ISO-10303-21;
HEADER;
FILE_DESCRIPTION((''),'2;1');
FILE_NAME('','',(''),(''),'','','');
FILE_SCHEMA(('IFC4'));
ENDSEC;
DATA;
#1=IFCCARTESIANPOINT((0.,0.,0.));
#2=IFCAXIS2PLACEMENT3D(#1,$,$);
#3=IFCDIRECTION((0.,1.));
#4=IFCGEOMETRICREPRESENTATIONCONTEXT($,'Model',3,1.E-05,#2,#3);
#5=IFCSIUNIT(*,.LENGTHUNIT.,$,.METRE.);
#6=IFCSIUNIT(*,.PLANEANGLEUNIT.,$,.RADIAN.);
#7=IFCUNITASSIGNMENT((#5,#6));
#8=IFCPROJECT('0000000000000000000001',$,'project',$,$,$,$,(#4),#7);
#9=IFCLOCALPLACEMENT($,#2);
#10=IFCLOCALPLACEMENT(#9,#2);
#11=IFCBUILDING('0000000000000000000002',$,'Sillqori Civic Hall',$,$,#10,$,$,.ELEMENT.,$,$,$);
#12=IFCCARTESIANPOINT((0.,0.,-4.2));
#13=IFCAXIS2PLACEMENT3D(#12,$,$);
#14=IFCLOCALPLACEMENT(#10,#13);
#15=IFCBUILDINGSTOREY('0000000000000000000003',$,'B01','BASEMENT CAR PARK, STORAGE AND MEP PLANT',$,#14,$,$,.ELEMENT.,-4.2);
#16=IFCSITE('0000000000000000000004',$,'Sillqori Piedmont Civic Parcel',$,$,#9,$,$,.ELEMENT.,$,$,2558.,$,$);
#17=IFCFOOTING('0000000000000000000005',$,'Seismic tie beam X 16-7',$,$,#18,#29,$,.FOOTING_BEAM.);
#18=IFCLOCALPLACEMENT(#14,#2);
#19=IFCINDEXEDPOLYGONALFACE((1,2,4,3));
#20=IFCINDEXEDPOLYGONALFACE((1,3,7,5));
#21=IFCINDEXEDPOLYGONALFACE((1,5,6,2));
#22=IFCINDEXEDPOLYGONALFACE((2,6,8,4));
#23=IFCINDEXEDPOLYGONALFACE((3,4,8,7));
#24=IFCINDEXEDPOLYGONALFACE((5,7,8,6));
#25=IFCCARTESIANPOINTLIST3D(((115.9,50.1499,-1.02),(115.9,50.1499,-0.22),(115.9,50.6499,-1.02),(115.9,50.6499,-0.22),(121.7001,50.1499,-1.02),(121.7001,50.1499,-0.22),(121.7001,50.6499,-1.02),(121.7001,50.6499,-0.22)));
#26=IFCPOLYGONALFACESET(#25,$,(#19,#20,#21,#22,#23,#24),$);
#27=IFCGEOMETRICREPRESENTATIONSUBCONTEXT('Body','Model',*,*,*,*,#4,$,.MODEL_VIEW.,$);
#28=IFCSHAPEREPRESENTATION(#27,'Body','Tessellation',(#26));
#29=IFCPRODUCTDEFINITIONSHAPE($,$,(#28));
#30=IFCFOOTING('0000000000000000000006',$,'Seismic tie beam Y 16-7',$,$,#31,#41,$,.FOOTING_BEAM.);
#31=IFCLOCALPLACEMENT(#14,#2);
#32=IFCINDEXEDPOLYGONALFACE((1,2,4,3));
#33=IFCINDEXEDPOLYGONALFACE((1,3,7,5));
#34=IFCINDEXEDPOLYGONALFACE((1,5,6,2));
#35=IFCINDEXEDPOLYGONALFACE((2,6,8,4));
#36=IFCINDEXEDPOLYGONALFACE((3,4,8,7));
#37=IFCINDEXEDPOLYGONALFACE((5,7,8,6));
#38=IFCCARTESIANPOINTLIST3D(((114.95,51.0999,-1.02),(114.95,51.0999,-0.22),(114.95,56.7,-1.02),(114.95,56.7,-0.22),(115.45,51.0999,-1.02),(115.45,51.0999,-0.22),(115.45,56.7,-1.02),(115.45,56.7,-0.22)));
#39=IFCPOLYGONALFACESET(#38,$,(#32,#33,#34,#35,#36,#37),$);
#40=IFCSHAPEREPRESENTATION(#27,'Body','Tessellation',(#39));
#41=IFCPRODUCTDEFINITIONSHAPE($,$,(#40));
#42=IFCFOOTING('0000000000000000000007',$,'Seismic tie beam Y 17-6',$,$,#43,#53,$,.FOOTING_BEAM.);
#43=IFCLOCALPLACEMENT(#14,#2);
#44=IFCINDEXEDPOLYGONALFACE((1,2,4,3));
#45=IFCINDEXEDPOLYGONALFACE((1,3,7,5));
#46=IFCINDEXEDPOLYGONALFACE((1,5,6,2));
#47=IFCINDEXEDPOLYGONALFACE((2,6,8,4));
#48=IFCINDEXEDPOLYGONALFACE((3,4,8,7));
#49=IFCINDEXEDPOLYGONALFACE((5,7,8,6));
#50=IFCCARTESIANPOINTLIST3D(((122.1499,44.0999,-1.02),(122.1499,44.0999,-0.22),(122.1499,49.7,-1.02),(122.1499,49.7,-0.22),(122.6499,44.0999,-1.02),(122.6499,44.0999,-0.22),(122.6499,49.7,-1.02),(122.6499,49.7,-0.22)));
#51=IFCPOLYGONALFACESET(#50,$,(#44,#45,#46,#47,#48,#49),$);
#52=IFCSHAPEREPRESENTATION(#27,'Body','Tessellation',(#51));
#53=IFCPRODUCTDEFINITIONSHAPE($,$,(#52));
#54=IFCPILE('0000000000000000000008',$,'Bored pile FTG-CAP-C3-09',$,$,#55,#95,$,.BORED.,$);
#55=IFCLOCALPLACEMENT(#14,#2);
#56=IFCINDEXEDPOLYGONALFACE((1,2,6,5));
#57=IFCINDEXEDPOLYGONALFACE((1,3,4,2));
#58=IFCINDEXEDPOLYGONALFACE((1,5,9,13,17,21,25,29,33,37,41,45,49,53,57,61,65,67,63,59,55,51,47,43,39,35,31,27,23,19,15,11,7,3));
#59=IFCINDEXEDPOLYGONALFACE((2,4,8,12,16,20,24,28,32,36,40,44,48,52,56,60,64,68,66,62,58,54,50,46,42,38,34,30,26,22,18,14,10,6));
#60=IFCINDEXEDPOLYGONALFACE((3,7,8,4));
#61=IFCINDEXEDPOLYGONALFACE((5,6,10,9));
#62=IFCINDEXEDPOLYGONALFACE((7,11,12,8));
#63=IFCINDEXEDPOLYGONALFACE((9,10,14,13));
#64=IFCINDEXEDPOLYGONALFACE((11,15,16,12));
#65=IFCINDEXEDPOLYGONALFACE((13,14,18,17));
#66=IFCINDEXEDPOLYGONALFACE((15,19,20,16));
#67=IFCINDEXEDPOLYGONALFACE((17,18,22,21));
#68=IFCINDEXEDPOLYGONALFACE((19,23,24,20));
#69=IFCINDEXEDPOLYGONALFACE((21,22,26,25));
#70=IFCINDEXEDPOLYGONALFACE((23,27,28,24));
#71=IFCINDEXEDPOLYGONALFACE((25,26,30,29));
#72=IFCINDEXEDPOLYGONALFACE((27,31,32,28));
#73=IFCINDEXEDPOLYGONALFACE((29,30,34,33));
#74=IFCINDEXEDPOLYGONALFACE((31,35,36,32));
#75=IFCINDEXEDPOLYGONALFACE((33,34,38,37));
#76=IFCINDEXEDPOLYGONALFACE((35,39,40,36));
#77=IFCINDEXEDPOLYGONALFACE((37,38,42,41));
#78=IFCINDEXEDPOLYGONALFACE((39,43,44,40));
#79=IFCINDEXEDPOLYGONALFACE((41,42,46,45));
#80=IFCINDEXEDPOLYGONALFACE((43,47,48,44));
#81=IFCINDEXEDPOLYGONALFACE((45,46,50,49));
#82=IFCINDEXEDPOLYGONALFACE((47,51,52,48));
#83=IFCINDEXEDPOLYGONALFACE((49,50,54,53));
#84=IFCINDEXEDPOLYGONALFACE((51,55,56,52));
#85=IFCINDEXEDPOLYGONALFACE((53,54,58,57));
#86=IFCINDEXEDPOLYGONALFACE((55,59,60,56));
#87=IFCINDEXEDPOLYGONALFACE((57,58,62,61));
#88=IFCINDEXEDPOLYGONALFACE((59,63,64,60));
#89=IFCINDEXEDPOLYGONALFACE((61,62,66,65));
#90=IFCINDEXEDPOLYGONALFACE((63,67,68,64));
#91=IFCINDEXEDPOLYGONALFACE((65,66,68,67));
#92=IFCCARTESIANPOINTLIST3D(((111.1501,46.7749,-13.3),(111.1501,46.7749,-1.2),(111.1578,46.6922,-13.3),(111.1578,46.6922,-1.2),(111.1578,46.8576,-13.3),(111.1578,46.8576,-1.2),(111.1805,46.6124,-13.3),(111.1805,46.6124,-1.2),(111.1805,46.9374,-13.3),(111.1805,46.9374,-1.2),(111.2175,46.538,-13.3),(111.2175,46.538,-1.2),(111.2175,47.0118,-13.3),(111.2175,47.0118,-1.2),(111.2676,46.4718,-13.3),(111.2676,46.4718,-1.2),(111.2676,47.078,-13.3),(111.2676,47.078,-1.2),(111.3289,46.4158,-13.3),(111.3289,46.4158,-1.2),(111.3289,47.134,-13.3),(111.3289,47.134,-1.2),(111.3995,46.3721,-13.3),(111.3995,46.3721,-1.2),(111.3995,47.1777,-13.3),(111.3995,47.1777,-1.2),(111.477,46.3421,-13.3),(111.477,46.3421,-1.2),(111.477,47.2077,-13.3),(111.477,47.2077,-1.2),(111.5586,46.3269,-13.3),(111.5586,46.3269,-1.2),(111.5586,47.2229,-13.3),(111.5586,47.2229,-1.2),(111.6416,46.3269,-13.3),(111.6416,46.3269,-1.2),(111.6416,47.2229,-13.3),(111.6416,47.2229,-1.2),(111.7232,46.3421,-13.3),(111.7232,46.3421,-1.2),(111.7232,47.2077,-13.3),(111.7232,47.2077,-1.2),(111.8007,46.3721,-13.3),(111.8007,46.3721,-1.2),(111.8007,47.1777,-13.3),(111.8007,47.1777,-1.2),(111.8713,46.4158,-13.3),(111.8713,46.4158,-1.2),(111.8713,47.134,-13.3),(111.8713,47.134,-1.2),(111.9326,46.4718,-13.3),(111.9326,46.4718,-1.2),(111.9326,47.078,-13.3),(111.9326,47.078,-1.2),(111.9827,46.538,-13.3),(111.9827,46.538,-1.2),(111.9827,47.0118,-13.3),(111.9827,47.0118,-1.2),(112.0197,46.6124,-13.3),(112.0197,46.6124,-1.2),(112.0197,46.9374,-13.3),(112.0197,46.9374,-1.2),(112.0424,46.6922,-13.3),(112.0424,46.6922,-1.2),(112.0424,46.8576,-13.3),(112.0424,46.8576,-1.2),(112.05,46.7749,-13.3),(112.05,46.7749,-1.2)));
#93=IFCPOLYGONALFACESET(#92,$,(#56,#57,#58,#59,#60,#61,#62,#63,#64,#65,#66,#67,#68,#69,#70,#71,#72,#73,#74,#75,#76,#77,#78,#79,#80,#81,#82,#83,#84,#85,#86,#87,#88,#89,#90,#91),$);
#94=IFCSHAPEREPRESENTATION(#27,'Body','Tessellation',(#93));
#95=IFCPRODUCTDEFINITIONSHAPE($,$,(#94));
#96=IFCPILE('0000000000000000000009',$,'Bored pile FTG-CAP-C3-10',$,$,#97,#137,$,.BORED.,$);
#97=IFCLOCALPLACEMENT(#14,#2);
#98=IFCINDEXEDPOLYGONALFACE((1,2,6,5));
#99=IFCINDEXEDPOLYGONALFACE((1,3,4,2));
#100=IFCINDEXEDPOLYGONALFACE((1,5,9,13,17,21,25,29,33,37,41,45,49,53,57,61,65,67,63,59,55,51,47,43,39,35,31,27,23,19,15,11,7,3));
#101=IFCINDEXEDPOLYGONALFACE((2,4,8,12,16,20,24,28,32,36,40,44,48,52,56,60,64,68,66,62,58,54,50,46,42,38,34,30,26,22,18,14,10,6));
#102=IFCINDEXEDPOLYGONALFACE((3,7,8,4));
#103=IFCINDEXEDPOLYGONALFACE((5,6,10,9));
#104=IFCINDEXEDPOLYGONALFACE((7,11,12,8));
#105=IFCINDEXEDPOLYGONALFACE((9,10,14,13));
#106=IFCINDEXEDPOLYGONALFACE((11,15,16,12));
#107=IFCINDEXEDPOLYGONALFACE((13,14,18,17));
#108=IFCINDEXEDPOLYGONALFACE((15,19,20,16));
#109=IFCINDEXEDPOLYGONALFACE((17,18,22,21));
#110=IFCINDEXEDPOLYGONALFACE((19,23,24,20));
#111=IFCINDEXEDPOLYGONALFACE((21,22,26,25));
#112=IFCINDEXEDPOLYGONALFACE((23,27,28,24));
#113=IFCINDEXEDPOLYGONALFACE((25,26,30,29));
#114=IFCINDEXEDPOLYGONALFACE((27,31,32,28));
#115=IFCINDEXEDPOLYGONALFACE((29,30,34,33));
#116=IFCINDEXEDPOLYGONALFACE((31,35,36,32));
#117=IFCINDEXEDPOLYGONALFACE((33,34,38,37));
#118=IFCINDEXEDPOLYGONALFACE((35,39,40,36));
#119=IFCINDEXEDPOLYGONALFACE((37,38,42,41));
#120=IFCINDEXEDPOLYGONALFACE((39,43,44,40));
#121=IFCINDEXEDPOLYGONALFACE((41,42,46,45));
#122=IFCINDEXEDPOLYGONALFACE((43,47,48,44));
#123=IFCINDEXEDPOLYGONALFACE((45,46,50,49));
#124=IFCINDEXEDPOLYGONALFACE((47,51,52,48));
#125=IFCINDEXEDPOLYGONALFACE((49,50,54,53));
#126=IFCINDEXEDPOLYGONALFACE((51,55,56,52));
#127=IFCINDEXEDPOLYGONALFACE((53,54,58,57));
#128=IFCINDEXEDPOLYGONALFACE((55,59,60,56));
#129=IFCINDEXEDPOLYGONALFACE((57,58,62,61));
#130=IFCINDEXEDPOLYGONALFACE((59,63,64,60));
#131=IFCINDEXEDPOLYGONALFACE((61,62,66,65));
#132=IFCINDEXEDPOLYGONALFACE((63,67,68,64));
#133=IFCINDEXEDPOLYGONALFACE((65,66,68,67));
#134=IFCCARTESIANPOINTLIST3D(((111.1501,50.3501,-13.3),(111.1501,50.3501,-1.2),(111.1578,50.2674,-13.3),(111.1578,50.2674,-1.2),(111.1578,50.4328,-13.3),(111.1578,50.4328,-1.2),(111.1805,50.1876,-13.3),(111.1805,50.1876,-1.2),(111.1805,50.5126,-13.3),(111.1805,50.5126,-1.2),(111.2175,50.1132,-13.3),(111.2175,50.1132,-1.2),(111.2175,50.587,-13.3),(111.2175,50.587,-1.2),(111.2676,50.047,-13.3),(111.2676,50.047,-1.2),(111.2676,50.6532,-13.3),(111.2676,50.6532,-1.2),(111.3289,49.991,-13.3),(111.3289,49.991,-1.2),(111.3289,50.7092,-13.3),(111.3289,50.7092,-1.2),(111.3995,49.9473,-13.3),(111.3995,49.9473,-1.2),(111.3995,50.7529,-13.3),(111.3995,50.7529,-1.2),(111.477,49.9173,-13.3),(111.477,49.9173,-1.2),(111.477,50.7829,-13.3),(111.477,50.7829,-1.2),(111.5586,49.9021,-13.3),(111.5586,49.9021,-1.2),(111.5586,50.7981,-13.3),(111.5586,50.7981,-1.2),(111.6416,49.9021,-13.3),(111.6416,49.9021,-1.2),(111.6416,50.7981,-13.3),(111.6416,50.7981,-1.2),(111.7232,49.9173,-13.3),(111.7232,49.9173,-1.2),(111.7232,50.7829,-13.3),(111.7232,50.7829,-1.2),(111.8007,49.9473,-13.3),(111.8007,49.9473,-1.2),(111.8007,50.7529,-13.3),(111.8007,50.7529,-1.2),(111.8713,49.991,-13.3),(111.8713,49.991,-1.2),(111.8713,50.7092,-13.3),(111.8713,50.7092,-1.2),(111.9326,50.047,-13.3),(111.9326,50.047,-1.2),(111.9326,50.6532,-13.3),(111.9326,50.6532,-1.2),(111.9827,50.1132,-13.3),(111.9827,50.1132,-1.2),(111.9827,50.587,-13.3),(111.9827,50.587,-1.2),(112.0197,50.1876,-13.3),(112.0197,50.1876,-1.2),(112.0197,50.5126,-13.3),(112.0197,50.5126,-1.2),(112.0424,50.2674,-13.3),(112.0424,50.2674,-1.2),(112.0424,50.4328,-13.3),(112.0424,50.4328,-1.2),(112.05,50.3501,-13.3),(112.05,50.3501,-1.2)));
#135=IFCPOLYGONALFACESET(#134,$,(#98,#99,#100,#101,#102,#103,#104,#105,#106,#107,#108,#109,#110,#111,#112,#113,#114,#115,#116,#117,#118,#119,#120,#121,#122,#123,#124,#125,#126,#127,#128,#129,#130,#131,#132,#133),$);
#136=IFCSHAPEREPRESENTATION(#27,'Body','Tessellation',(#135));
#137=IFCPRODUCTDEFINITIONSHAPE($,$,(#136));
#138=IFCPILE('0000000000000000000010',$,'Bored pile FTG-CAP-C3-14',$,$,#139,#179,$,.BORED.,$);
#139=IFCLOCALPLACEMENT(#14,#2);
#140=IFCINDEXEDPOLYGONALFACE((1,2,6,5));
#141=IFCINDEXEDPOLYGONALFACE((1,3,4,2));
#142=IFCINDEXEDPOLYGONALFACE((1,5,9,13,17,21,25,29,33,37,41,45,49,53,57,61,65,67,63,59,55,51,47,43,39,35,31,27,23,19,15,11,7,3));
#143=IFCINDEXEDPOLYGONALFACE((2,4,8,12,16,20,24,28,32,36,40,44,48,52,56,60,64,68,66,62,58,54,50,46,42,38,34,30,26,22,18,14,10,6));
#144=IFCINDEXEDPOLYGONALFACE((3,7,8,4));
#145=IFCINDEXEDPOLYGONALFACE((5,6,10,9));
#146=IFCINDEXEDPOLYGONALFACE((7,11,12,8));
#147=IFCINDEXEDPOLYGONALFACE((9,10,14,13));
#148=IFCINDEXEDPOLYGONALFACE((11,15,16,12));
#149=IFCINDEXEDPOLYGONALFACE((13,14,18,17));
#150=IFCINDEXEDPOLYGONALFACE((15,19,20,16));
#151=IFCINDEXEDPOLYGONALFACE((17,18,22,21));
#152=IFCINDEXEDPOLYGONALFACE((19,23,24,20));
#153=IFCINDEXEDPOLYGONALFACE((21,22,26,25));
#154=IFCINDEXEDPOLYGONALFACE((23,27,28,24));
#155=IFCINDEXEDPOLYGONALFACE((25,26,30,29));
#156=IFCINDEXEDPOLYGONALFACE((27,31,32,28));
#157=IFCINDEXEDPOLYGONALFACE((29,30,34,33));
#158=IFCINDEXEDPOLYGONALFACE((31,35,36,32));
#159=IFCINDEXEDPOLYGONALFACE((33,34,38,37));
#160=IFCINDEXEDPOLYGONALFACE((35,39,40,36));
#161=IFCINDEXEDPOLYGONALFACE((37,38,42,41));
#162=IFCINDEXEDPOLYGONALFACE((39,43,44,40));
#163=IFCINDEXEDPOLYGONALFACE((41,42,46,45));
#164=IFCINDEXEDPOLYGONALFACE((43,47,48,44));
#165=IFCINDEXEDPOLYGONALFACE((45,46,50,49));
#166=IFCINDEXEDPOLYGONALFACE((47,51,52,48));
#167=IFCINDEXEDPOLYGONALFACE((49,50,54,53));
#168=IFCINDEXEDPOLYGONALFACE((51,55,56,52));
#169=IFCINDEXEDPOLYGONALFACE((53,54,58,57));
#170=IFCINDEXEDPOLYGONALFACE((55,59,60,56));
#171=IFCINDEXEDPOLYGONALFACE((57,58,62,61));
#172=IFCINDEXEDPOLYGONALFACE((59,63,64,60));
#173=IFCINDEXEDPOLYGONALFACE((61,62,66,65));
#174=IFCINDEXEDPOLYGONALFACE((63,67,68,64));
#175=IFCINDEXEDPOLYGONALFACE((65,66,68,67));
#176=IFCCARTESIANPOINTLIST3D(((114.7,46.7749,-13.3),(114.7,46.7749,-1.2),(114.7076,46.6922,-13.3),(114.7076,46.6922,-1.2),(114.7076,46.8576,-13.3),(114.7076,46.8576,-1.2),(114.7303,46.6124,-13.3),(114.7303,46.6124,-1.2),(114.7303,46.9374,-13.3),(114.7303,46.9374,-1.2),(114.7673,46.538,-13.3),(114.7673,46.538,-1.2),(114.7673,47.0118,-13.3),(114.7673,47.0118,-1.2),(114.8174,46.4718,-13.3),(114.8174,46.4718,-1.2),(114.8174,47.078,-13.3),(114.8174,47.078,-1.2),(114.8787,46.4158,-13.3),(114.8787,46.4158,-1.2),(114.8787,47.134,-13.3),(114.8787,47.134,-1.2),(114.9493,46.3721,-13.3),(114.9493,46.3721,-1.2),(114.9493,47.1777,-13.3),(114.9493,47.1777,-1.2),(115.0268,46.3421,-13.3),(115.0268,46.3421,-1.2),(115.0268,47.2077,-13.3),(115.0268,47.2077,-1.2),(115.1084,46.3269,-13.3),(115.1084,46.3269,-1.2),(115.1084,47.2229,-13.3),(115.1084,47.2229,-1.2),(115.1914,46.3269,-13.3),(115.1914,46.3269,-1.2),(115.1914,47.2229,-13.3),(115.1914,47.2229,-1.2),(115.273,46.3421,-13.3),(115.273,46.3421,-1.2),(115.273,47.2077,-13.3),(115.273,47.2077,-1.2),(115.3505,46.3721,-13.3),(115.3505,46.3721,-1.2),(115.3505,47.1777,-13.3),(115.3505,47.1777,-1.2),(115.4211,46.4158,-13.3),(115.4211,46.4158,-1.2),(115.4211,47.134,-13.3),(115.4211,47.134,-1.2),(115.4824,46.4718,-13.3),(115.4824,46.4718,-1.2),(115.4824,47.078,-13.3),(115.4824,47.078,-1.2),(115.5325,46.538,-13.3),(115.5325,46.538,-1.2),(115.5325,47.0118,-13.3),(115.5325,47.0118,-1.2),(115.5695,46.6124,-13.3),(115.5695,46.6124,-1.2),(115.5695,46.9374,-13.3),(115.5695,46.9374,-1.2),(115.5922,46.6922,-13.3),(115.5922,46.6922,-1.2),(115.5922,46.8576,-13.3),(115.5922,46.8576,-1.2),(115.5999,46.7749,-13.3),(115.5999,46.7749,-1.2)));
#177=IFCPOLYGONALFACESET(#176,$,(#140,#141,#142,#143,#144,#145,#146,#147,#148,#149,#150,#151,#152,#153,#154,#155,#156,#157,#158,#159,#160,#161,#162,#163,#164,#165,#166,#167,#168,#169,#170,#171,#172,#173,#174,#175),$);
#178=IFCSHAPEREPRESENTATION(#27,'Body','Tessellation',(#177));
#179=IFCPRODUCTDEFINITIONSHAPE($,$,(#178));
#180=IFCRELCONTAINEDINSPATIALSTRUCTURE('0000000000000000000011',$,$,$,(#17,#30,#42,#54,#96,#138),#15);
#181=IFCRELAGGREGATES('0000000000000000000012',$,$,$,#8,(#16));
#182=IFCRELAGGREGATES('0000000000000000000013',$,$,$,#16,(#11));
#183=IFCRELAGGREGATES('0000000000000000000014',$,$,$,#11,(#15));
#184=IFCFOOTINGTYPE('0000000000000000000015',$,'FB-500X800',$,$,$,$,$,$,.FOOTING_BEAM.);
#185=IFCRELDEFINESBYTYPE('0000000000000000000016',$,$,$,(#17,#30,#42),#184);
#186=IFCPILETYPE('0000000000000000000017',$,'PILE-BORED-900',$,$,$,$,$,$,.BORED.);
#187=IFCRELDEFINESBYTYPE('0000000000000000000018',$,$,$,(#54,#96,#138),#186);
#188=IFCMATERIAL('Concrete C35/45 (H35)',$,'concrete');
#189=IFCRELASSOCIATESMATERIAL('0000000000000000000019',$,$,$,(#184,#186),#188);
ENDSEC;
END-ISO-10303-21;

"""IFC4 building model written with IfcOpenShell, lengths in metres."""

from ifc_helpers import new_model, si_unit, direction, frame, origin, origin_2d, place, context, subcontext, project, spatial, rectangle, circle, extrude, material, material_profile, profile_set, type_object, element, save


model = new_model("IFC4")

# Units and contexts
model_context = context("Model", 3, precision=1e-05, world=origin(), true_north=direction((0.0, 1.0)))
body_context = subcontext(model_context, "Body", "Model", "MODEL_VIEW")
ifc_project = project(units=[si_unit("LENGTHUNIT", "METRE"), si_unit("PLANEANGLEUNIT", "RADIAN")], contexts=[model_context])

# Site, building, storey
site_placement = place(None, origin())
site = spatial("IfcSite", under=ifc_project, at=site_placement, Name="Sillqori Piedmont Civic Parcel", CompositionType="ELEMENT", RefElevation=2558.0)
building_placement = place(site_placement, origin())
building = spatial("IfcBuilding", under=site, at=building_placement, Name="Sillqori Civic Hall", CompositionType="ELEMENT")
storey_placement = place(building_placement, frame((0.0, 0.0, -4.2)))
storey = spatial("IfcBuildingStorey", under=building, at=storey_placement, Name="B01", Description="BASEMENT CAR PARK, STORAGE AND MEP PLANT", CompositionType="ELEMENT", Elevation=-4.2)

# Footings
ifc_material_1 = material(Name="Concrete C35/45 (H35)", Category="concrete")
footing_type = type_object("IfcFootingType", Name="FB-500X800", PredefinedType="FOOTING_BEAM", material=ifc_material_1)
footing_placement = place(storey_placement, frame((118.8, 50.3999, -1.02), z_axis=(0.0, 0.0, 1.0), x_axis=(1.0, 0.0, 0.0)))
element("IfcFooting", 1, at=footing_placement, inside=storey, type_object=footing_type, Name="Seismic tie beam X 16-7", PredefinedType="FOOTING_BEAM", context=body_context, shape_type="SweptSolid", body=[
    extrude(rectangle(XDim=5.8, YDim=0.5, at=origin_2d()), origin(), (0.0, 0.0, 1.0), 0.8),
])
for number, where, z_axis, x_axis, name in (
    (2, (115.2, 53.8999, -1.02), (0.0, 0.0, 1.0), (1.0, 0.0, 0.0), "Seismic tie beam Y 16-7"),
    (3, (122.3999, 46.8999, -1.02), (0.0, 0.0, 1.0), (1.0, 0.0, 0.0), "Seismic tie beam Y 17-6"),
):
    element("IfcFooting", number, at=place(storey_placement, frame(where, z_axis=z_axis, x_axis=x_axis)), inside=storey, type_object=footing_type, Name=name, PredefinedType="FOOTING_BEAM", context=body_context, shape_type="SweptSolid", body=[
        extrude(rectangle(XDim=0.5, YDim=5.6001, at=origin_2d()), origin(), (0.0, 0.0, 1.0), 0.8),
    ])

# Piles
ifc_material_profile_1 = material_profile(ifc_material_1, circle(Radius=0.45, at=origin_2d()), Name="BORED PILE 900")
ifc_profile_set_1 = profile_set([ifc_material_profile_1], Name="Concrete C35/45 (H35)")
pile_type = type_object("IfcPileType", Name="PILE-BORED-900", PredefinedType="BORED", material=ifc_profile_set_1)
for number, where, z_axis, x_axis, name in (
    (4, (111.6001, 46.7749, -1.2), (0.0, 0.0, -1.0), (1.0, 0.0, 0.0), "Bored pile FTG-CAP-C3-09"),
    (5, (111.6001, 50.3501, -1.2), (0.0, 0.0, -1.0), (1.0, 0.0, 0.0), "Bored pile FTG-CAP-C3-10"),
    (6, (115.1499, 46.7749, -1.2), (0.0, 0.0, -1.0), (1.0, 0.0, 0.0), "Bored pile FTG-CAP-C3-14"),
):
    element("IfcPile", number, at=place(storey_placement, frame(where, z_axis=z_axis, x_axis=x_axis)), inside=storey, type_object=pile_type, Name=name, PredefinedType="BORED", context=body_context, shape_type="SweptSolid", body=[
        extrude(circle(Radius=0.45, at=origin_2d()), origin(), (0.0, 0.0, 1.0), 12.1001),
    ])

save(model, "model.ifc")
